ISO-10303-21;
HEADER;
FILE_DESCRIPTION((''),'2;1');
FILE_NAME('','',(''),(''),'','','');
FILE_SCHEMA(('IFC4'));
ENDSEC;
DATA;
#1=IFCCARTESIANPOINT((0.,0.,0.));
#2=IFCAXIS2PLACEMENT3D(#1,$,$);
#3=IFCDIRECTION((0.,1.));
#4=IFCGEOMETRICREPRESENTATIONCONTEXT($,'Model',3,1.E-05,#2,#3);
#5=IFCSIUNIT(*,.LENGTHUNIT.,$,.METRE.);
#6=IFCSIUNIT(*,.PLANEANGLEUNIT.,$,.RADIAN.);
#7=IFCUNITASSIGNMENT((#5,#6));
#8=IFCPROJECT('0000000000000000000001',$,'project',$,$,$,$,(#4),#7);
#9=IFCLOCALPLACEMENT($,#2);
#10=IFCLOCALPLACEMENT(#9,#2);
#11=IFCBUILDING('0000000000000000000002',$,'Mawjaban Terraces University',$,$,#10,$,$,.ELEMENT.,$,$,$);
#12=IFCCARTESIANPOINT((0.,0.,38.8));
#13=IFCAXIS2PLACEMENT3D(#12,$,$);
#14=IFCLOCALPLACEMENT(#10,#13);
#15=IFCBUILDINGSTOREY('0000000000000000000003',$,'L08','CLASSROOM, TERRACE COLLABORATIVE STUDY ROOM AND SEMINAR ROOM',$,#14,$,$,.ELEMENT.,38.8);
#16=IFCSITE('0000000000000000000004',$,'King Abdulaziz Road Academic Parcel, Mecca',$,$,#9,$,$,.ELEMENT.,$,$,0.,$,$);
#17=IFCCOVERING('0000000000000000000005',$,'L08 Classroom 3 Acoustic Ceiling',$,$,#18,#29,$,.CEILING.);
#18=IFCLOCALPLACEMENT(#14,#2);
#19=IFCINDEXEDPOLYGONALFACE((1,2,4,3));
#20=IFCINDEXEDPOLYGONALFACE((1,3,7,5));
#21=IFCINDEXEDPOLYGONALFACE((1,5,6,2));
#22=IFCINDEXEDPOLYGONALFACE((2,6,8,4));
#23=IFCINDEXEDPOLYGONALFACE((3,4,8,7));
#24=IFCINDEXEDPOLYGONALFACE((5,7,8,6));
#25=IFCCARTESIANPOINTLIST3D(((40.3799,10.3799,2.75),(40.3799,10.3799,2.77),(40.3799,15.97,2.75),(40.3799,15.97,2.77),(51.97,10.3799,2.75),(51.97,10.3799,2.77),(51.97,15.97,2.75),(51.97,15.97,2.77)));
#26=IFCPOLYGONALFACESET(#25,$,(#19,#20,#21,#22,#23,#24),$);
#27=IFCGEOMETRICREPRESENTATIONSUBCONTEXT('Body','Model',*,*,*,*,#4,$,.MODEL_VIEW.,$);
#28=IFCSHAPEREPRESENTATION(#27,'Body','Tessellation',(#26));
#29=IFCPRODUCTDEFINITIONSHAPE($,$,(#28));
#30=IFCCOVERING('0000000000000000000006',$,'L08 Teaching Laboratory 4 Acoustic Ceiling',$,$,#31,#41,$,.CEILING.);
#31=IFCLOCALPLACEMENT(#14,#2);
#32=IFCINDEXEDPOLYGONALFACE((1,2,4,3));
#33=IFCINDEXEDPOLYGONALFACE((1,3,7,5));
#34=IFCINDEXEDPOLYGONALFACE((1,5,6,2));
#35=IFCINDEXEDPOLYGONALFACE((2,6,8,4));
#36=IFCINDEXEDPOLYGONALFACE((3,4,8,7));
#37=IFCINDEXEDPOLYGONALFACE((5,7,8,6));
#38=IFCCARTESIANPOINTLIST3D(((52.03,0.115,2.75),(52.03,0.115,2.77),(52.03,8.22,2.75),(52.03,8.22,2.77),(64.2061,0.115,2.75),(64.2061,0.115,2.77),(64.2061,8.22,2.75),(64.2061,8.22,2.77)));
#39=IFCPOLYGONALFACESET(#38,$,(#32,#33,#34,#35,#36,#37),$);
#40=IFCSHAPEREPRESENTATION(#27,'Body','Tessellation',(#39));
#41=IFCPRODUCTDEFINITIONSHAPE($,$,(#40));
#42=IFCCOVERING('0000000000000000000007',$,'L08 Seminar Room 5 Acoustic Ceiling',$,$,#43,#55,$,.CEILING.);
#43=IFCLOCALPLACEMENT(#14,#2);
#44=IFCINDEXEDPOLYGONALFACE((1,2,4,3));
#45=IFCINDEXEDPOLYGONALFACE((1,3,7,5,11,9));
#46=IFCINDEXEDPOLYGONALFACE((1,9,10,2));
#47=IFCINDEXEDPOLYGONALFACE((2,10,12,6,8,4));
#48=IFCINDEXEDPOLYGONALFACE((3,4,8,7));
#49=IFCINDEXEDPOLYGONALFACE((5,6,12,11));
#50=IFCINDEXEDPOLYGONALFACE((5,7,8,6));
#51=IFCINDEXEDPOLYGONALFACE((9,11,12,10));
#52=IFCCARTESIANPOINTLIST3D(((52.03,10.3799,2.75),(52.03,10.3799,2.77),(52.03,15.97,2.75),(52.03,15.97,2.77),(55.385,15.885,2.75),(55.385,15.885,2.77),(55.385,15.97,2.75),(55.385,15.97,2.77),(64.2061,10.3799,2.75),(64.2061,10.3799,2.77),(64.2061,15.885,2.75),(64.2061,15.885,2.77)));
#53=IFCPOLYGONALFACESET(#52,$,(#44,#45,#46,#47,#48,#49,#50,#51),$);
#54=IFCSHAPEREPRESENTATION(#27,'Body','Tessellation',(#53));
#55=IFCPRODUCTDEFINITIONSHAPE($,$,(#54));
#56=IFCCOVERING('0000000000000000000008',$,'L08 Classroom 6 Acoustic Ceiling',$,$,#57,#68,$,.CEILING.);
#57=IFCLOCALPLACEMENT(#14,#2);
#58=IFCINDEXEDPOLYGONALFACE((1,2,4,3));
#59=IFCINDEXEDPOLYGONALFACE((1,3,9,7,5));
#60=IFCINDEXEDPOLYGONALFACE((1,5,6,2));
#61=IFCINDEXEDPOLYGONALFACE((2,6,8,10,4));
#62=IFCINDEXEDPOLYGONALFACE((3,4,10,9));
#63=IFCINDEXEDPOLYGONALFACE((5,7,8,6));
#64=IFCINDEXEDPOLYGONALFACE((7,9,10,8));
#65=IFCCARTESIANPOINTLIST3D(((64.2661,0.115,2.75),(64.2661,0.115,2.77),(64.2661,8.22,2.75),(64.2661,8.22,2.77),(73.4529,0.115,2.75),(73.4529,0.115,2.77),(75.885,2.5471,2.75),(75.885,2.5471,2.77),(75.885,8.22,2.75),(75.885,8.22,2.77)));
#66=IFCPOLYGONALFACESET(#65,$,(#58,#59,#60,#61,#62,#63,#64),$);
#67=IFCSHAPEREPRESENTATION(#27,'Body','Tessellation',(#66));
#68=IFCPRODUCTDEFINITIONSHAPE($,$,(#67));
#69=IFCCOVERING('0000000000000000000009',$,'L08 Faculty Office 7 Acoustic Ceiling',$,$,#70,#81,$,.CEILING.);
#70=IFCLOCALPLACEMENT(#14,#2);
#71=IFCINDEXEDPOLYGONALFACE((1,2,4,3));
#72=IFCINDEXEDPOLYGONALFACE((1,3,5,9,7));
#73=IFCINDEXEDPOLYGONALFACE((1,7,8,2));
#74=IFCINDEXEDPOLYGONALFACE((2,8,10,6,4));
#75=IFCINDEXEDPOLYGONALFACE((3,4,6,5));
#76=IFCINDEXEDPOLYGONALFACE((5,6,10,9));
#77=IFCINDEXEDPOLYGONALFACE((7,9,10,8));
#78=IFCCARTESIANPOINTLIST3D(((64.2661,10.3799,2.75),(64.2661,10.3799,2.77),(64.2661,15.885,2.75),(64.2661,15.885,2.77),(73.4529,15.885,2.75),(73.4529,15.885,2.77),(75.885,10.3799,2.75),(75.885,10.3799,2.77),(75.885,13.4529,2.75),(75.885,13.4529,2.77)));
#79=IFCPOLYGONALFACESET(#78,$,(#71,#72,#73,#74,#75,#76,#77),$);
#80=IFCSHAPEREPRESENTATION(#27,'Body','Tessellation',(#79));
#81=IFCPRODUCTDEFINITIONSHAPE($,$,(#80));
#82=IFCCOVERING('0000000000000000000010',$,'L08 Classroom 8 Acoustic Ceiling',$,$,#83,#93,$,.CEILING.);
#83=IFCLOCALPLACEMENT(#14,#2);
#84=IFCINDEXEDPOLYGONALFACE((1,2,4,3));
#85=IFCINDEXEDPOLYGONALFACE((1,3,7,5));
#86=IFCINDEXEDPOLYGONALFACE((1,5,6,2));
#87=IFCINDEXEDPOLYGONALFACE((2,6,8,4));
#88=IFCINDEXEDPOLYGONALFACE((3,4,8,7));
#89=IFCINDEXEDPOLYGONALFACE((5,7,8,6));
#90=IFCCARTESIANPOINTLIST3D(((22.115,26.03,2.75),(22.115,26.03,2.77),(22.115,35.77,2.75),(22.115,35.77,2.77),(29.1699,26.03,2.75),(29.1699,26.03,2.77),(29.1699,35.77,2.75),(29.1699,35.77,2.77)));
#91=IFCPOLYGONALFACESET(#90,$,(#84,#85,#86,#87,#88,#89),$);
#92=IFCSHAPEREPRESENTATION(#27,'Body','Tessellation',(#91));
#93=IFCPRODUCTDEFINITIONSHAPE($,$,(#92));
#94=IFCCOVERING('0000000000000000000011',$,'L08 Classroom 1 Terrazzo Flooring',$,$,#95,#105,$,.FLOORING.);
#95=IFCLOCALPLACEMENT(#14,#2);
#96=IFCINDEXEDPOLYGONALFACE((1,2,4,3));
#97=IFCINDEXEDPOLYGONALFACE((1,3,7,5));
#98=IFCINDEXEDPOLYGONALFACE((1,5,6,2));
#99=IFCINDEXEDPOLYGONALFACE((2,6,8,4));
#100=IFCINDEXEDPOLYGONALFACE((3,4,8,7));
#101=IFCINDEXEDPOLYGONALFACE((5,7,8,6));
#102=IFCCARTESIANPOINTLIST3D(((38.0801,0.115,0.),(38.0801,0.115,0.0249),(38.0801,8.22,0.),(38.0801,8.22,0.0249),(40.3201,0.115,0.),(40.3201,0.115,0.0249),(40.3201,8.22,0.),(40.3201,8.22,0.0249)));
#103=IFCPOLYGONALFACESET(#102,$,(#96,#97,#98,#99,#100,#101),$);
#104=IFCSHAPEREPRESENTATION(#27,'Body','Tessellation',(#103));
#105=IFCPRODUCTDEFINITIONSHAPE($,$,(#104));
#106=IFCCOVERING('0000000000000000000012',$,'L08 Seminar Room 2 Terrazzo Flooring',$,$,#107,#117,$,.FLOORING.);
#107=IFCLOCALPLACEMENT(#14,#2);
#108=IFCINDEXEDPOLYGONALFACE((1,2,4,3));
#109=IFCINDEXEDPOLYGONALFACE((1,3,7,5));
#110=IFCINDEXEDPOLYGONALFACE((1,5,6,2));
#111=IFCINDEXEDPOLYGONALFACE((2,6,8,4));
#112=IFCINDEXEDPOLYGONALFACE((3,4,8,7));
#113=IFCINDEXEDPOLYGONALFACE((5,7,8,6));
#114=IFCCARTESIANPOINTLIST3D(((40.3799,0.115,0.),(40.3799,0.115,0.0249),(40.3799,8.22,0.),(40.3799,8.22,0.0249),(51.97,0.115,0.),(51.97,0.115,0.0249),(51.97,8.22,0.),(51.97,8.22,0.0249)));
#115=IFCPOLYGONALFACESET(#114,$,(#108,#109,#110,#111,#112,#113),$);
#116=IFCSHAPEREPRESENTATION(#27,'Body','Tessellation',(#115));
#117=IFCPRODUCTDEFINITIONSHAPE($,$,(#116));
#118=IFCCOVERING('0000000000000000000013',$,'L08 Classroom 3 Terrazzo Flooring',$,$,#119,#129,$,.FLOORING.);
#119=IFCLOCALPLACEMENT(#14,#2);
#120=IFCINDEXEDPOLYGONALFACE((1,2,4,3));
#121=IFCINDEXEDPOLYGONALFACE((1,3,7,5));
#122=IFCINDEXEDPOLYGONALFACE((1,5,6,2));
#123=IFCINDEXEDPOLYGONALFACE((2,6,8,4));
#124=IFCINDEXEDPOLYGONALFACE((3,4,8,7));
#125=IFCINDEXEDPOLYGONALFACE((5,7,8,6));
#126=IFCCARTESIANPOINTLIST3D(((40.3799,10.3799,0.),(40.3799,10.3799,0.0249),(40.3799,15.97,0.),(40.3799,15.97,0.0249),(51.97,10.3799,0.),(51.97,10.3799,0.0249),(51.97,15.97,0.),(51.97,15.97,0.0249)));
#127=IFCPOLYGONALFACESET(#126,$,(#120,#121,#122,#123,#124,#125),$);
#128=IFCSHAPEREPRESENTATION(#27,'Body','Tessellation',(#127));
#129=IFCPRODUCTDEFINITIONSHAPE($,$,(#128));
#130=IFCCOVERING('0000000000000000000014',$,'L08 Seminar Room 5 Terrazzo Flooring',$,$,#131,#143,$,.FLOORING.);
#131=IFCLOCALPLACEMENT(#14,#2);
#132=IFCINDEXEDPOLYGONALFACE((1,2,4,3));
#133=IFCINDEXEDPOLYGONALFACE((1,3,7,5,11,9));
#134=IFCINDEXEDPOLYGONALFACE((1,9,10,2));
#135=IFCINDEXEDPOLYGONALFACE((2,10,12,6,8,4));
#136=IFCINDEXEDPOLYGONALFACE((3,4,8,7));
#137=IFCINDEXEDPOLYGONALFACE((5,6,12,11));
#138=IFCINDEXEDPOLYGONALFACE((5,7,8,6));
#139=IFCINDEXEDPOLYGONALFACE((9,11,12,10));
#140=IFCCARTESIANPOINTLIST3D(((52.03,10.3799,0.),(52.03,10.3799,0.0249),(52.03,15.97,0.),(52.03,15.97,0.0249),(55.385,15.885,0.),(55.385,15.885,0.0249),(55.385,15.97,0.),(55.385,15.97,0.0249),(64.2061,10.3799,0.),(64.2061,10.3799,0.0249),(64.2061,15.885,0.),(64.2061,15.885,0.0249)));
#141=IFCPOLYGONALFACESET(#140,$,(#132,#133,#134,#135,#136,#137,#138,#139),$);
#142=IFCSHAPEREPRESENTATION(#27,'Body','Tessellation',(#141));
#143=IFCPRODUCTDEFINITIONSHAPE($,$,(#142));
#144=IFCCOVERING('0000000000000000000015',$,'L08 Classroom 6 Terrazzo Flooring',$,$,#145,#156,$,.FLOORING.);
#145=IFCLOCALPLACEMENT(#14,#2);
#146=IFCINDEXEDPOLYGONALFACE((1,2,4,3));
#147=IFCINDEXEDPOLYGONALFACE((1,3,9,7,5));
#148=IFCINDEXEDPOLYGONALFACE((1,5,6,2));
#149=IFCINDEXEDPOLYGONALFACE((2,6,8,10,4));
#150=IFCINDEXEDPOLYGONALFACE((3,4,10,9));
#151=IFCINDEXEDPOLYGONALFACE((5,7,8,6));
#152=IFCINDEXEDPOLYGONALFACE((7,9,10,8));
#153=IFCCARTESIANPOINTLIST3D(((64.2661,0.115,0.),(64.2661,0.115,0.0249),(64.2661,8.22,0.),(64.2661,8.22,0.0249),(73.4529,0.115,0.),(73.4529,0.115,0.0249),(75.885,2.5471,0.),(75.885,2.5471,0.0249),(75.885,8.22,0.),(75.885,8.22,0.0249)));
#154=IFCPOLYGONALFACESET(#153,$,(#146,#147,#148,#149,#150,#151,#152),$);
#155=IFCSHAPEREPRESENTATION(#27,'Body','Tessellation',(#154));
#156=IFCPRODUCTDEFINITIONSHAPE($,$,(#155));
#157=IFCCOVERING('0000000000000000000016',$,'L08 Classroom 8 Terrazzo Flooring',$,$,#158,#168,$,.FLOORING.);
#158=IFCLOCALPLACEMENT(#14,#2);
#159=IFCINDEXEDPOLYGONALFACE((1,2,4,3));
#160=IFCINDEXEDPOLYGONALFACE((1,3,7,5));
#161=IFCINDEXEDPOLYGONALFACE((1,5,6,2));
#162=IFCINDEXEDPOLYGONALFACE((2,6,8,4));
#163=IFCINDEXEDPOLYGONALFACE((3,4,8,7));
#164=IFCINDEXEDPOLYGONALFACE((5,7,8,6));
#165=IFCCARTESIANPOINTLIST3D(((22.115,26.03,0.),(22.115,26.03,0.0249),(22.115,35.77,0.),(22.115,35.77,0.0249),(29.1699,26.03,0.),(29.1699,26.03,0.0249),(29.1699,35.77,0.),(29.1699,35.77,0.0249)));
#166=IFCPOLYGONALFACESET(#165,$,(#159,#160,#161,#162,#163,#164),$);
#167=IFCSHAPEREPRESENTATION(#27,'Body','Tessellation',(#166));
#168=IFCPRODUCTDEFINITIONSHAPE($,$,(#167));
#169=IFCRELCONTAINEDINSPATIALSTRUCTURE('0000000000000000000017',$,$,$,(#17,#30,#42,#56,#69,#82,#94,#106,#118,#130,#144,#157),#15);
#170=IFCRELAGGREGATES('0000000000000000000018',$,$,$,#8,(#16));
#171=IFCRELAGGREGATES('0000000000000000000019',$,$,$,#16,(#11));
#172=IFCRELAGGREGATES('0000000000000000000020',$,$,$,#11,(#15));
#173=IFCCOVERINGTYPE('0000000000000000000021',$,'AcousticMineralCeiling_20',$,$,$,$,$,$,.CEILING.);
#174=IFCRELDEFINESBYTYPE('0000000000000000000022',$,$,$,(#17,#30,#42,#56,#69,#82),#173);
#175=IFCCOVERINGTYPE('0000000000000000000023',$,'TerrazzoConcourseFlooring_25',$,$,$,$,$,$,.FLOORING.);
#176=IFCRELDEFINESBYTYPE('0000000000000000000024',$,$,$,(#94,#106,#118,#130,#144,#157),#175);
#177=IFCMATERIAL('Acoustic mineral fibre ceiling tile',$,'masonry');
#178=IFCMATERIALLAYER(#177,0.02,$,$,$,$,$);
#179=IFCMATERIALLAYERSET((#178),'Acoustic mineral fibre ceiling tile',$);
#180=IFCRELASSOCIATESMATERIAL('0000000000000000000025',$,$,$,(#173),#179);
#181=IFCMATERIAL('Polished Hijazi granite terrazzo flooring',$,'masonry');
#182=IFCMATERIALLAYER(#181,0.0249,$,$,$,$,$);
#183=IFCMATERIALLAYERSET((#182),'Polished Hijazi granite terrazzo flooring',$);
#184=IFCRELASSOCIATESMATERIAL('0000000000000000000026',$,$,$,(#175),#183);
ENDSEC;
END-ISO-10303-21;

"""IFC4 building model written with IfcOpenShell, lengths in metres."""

from ifc_helpers import new_model, si_unit, direction, frame, origin, place, context, subcontext, project, spatial, polyline, outline, extrude, material, layer, layer_set, type_object, element, save


model = new_model("IFC4")

# Units and contexts
model_context = context("Model", 3, precision=1e-05, world=origin(), true_north=direction((0.0, 1.0)))
body_context = subcontext(model_context, "Body", "Model", "MODEL_VIEW")
ifc_project = project(units=[si_unit("LENGTHUNIT", "METRE"), si_unit("PLANEANGLEUNIT", "RADIAN")], contexts=[model_context])

# Site, building, storey
site_placement = place(None, origin())
site = spatial("IfcSite", under=ifc_project, at=site_placement, Name="King Abdulaziz Road Academic Parcel, Mecca", CompositionType="ELEMENT", RefElevation=0.0)
building_placement = place(site_placement, origin())
building = spatial("IfcBuilding", under=site, at=building_placement, Name="Mawjaban Terraces University", CompositionType="ELEMENT")
storey_placement = place(building_placement, frame((0.0, 0.0, 38.8)))
storey = spatial("IfcBuildingStorey", under=building, at=storey_placement, Name="L08", Description="CLASSROOM, TERRACE COLLABORATIVE STUDY ROOM AND SEMINAR ROOM", CompositionType="ELEMENT", Elevation=38.8)

# Coverings
ifc_material_1 = material(Name="Acoustic mineral fibre ceiling tile", Category="masonry")
ifc_layer_1 = layer(ifc_material_1, 0.02)
ifc_layer_set_1 = layer_set([ifc_layer_1], Name="Acoustic mineral fibre ceiling tile")
covering_type_1 = type_object("IfcCoveringType", Name="AcousticMineralCeiling_20", PredefinedType="CEILING", material=ifc_layer_set_1)
covering_1_placement = place(storey_placement, frame((0.0, 0.0, 2.75)))
element("IfcCovering", 1, at=covering_1_placement, inside=storey, type_object=covering_type_1, Name="L08 Classroom 3 Acoustic Ceiling", PredefinedType="CEILING", context=body_context, shape_type="SweptSolid", body=[
    extrude(outline(polyline([(51.97, 10.3799), (51.97, 15.97), (40.3799, 15.97), (40.3799, 10.3799), (51.97, 10.3799)])), origin(), (0.0, 0.0, 1.0), 0.02),
])
covering_2_placement = place(storey_placement, frame((0.0, 0.0, 2.75)))
element("IfcCovering", 2, at=covering_2_placement, inside=storey, type_object=covering_type_1, Name="L08 Teaching Laboratory 4 Acoustic Ceiling", PredefinedType="CEILING", context=body_context, shape_type="SweptSolid", body=[
    extrude(outline(polyline([(52.03, 0.115), (64.2061, 0.115), (64.2061, 8.22), (52.03, 8.22), (52.03, 0.115)])), origin(), (0.0, 0.0, 1.0), 0.02),
])
covering_3_placement = place(storey_placement, frame((0.0, 0.0, 2.75)))
element("IfcCovering", 3, at=covering_3_placement, inside=storey, type_object=covering_type_1, Name="L08 Seminar Room 5 Acoustic Ceiling", PredefinedType="CEILING", context=body_context, shape_type="SweptSolid", body=[
    extrude(outline(polyline([(64.2061, 15.885), (55.385, 15.885), (55.385, 15.97), (52.03, 15.97), (52.03, 10.3799), (64.2061, 10.3799), (64.2061, 15.885)])), origin(), (0.0, 0.0, 1.0), 0.02),
])
covering_4_placement = place(storey_placement, frame((0.0, 0.0, 2.75)))
element("IfcCovering", 4, at=covering_4_placement, inside=storey, type_object=covering_type_1, Name="L08 Classroom 6 Acoustic Ceiling", PredefinedType="CEILING", context=body_context, shape_type="SweptSolid", body=[
    extrude(outline(polyline([(64.2661, 0.115), (73.4529, 0.115), (75.885, 2.5471), (75.885, 8.22), (64.2661, 8.22), (64.2661, 0.115)])), origin(), (0.0, 0.0, 1.0), 0.02),
])
covering_5_placement = place(storey_placement, frame((0.0, 0.0, 2.75)))
element("IfcCovering", 5, at=covering_5_placement, inside=storey, type_object=covering_type_1, Name="L08 Faculty Office 7 Acoustic Ceiling", PredefinedType="CEILING", context=body_context, shape_type="SweptSolid", body=[
    extrude(outline(polyline([(75.885, 10.3799), (75.885, 13.4529), (73.4529, 15.885), (64.2661, 15.885), (64.2661, 10.3799), (75.885, 10.3799)])), origin(), (0.0, 0.0, 1.0), 0.02),
])
covering_6_placement = place(storey_placement, frame((0.0, 0.0, 2.75)))
element("IfcCovering", 6, at=covering_6_placement, inside=storey, type_object=covering_type_1, Name="L08 Classroom 8 Acoustic Ceiling", PredefinedType="CEILING", context=body_context, shape_type="SweptSolid", body=[
    extrude(outline(polyline([(22.115, 35.77), (22.115, 26.03), (29.1699, 26.03), (29.1699, 35.77), (22.115, 35.77)])), origin(), (0.0, 0.0, 1.0), 0.02),
])
ifc_material_2 = material(Name="Polished Hijazi granite terrazzo flooring", Category="masonry")
ifc_layer_2 = layer(ifc_material_2, 0.0249)
ifc_layer_set_2 = layer_set([ifc_layer_2], Name="Polished Hijazi granite terrazzo flooring")
covering_type_2 = type_object("IfcCoveringType", Name="TerrazzoConcourseFlooring_25", PredefinedType="FLOORING", material=ifc_layer_set_2)
covering_7_placement = place(storey_placement, origin())
element("IfcCovering", 7, at=covering_7_placement, inside=storey, type_object=covering_type_2, Name="L08 Classroom 1 Terrazzo Flooring", PredefinedType="FLOORING", context=body_context, shape_type="SweptSolid", body=[
    extrude(outline(polyline([(38.0801, 0.115), (40.3201, 0.115), (40.3201, 8.22), (38.0801, 8.22), (38.0801, 0.115)])), origin(), (0.0, 0.0, 1.0), 0.0249),
])
covering_8_placement = place(storey_placement, origin())
element("IfcCovering", 8, at=covering_8_placement, inside=storey, type_object=covering_type_2, Name="L08 Seminar Room 2 Terrazzo Flooring", PredefinedType="FLOORING", context=body_context, shape_type="SweptSolid", body=[
    extrude(outline(polyline([(40.3799, 0.115), (51.97, 0.115), (51.97, 8.22), (40.3799, 8.22), (40.3799, 0.115)])), origin(), (0.0, 0.0, 1.0), 0.0249),
])
covering_9_placement = place(storey_placement, origin())
element("IfcCovering", 9, at=covering_9_placement, inside=storey, type_object=covering_type_2, Name="L08 Classroom 3 Terrazzo Flooring", PredefinedType="FLOORING", context=body_context, shape_type="SweptSolid", body=[
    extrude(outline(polyline([(51.97, 10.3799), (51.97, 15.97), (40.3799, 15.97), (40.3799, 10.3799), (51.97, 10.3799)])), origin(), (0.0, 0.0, 1.0), 0.0249),
])
covering_10_placement = place(storey_placement, origin())
element("IfcCovering", 10, at=covering_10_placement, inside=storey, type_object=covering_type_2, Name="L08 Seminar Room 5 Terrazzo Flooring", PredefinedType="FLOORING", context=body_context, shape_type="SweptSolid", body=[
    extrude(outline(polyline([(64.2061, 15.885), (55.385, 15.885), (55.385, 15.97), (52.03, 15.97), (52.03, 10.3799), (64.2061, 10.3799), (64.2061, 15.885)])), origin(), (0.0, 0.0, 1.0), 0.0249),
])
covering_11_placement = place(storey_placement, origin())
element("IfcCovering", 11, at=covering_11_placement, inside=storey, type_object=covering_type_2, Name="L08 Classroom 6 Terrazzo Flooring", PredefinedType="FLOORING", context=body_context, shape_type="SweptSolid", body=[
    extrude(outline(polyline([(64.2661, 0.115), (73.4529, 0.115), (75.885, 2.5471), (75.885, 8.22), (64.2661, 8.22), (64.2661, 0.115)])), origin(), (0.0, 0.0, 1.0), 0.0249),
])
covering_12_placement = place(storey_placement, origin())
element("IfcCovering", 12, at=covering_12_placement, inside=storey, type_object=covering_type_2, Name="L08 Classroom 8 Terrazzo Flooring", PredefinedType="FLOORING", context=body_context, shape_type="SweptSolid", body=[
    extrude(outline(polyline([(22.115, 35.77), (22.115, 26.03), (29.1699, 26.03), (29.1699, 35.77), (22.115, 35.77)])), origin(), (0.0, 0.0, 1.0), 0.0249),
])

save(model, "model.ifc")
